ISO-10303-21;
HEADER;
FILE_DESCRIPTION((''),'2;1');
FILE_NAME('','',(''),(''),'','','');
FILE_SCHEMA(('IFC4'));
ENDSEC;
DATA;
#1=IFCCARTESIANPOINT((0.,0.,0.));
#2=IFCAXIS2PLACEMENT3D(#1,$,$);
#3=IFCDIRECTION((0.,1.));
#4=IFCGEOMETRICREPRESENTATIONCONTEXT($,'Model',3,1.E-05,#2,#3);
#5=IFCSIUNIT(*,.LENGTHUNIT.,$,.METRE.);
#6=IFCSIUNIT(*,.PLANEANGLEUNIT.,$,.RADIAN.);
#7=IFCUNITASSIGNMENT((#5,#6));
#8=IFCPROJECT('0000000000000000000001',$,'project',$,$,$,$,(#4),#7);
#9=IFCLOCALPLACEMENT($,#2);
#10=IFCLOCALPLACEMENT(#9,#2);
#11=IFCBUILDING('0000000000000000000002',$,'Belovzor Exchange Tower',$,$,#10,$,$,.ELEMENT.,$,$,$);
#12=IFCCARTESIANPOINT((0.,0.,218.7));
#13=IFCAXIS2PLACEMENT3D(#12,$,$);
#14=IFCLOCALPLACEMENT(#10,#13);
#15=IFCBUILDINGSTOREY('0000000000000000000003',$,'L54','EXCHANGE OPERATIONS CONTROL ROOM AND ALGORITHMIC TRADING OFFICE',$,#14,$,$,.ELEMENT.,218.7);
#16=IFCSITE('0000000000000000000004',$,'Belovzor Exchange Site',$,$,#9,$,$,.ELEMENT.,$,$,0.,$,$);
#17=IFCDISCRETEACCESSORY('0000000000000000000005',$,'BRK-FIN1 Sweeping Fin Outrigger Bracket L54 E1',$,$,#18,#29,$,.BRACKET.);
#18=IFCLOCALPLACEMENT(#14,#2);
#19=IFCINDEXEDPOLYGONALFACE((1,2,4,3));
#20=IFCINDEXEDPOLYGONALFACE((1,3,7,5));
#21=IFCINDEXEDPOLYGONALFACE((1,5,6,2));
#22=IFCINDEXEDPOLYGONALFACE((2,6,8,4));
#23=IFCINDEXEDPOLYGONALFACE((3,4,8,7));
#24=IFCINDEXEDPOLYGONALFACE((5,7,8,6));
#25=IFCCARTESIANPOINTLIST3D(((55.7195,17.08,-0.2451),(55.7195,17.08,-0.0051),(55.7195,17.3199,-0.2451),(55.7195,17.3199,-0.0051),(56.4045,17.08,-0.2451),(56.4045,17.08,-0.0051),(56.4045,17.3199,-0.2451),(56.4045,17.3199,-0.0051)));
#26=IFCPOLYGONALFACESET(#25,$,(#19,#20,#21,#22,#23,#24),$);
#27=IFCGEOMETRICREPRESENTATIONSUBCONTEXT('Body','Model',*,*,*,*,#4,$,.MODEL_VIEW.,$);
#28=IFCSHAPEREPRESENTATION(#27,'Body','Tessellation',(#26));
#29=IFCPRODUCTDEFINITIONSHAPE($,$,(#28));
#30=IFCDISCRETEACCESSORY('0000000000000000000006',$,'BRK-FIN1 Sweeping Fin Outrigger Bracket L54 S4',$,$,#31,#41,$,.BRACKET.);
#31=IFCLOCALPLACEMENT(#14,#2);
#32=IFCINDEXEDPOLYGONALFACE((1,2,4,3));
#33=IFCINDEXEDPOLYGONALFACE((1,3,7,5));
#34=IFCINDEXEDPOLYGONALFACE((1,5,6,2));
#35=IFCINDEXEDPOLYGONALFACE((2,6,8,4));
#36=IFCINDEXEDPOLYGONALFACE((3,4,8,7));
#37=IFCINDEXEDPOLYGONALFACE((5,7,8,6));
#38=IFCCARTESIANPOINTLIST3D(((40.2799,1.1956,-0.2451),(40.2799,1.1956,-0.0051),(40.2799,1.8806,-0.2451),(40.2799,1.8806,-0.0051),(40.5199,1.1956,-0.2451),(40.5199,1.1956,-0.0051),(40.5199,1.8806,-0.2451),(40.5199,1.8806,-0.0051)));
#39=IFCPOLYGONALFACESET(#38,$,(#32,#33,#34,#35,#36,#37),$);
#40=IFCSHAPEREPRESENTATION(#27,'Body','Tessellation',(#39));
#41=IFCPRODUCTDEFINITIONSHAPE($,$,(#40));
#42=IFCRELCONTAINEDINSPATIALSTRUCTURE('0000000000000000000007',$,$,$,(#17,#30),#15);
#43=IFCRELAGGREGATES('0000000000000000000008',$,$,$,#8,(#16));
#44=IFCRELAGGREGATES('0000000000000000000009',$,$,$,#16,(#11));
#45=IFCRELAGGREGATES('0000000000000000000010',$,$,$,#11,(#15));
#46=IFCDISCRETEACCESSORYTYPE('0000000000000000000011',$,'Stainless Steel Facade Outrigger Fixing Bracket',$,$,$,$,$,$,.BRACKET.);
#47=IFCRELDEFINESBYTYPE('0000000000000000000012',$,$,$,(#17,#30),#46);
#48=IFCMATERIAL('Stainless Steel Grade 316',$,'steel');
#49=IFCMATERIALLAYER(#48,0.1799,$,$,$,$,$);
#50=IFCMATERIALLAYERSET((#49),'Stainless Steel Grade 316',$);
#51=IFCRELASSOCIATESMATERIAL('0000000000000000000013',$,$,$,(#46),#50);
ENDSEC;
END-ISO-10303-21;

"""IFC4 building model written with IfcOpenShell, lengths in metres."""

from ifc_helpers import new_model, si_unit, direction, frame, origin, origin_2d, place, context, subcontext, project, spatial, rectangle, extrude, material, layer, layer_set, type_object, element, save


model = new_model("IFC4")

# Units and contexts
model_context = context("Model", 3, precision=1e-05, world=origin(), true_north=direction((0.0, 1.0)))
body_context = subcontext(model_context, "Body", "Model", "MODEL_VIEW")
ifc_project = project(units=[si_unit("LENGTHUNIT", "METRE"), si_unit("PLANEANGLEUNIT", "RADIAN")], contexts=[model_context])

# Site, building, storey
site_placement = place(None, origin())
site = spatial("IfcSite", under=ifc_project, at=site_placement, Name="Belovzor Exchange Site", CompositionType="ELEMENT", RefElevation=0.0)
building_placement = place(site_placement, origin())
building = spatial("IfcBuilding", under=site, at=building_placement, Name="Belovzor Exchange Tower", CompositionType="ELEMENT")
storey_placement = place(building_placement, frame((0.0, 0.0, 218.7)))
storey = spatial("IfcBuildingStorey", under=building, at=storey_placement, Name="L54", Description="EXCHANGE OPERATIONS CONTROL ROOM AND ALGORITHMIC TRADING OFFICE", CompositionType="ELEMENT", Elevation=218.7)

# Discrete accessories
ifc_material_1 = material(Name="Stainless Steel Grade 316", Category="steel")
ifc_layer_1 = layer(ifc_material_1, 0.1799)
ifc_layer_set_1 = layer_set([ifc_layer_1], Name="Stainless Steel Grade 316")
discrete_accessory_type = type_object("IfcDiscreteAccessoryType", Name="Stainless Steel Facade Outrigger Fixing Bracket", PredefinedType="BRACKET", material=ifc_layer_set_1)
for number, where, z_axis, x_axis, name in (
    (1, (56.062, 17.2, -0.2451), (0.0, 0.0, 1.0), (1.0, 0.0, 0.0), "BRK-FIN1 Sweeping Fin Outrigger Bracket L54 E1"),
    (2, (40.3999, 1.5381, -0.2451), (0.0, 0.0, 1.0), (0.0, 1.0, 0.0), "BRK-FIN1 Sweeping Fin Outrigger Bracket L54 S4"),
):
    element("IfcDiscreteAccessory", number, at=place(storey_placement, frame(where, z_axis=z_axis, x_axis=x_axis)), inside=storey, type_object=discrete_accessory_type, Name=name, PredefinedType="BRACKET", context=body_context, shape_type="SweptSolid", body=[
        extrude(rectangle(XDim=0.6851, YDim=0.24, at=origin_2d()), origin(), (0.0, 0.0, 1.0), 0.24),
    ])

save(model, "model.ifc")
